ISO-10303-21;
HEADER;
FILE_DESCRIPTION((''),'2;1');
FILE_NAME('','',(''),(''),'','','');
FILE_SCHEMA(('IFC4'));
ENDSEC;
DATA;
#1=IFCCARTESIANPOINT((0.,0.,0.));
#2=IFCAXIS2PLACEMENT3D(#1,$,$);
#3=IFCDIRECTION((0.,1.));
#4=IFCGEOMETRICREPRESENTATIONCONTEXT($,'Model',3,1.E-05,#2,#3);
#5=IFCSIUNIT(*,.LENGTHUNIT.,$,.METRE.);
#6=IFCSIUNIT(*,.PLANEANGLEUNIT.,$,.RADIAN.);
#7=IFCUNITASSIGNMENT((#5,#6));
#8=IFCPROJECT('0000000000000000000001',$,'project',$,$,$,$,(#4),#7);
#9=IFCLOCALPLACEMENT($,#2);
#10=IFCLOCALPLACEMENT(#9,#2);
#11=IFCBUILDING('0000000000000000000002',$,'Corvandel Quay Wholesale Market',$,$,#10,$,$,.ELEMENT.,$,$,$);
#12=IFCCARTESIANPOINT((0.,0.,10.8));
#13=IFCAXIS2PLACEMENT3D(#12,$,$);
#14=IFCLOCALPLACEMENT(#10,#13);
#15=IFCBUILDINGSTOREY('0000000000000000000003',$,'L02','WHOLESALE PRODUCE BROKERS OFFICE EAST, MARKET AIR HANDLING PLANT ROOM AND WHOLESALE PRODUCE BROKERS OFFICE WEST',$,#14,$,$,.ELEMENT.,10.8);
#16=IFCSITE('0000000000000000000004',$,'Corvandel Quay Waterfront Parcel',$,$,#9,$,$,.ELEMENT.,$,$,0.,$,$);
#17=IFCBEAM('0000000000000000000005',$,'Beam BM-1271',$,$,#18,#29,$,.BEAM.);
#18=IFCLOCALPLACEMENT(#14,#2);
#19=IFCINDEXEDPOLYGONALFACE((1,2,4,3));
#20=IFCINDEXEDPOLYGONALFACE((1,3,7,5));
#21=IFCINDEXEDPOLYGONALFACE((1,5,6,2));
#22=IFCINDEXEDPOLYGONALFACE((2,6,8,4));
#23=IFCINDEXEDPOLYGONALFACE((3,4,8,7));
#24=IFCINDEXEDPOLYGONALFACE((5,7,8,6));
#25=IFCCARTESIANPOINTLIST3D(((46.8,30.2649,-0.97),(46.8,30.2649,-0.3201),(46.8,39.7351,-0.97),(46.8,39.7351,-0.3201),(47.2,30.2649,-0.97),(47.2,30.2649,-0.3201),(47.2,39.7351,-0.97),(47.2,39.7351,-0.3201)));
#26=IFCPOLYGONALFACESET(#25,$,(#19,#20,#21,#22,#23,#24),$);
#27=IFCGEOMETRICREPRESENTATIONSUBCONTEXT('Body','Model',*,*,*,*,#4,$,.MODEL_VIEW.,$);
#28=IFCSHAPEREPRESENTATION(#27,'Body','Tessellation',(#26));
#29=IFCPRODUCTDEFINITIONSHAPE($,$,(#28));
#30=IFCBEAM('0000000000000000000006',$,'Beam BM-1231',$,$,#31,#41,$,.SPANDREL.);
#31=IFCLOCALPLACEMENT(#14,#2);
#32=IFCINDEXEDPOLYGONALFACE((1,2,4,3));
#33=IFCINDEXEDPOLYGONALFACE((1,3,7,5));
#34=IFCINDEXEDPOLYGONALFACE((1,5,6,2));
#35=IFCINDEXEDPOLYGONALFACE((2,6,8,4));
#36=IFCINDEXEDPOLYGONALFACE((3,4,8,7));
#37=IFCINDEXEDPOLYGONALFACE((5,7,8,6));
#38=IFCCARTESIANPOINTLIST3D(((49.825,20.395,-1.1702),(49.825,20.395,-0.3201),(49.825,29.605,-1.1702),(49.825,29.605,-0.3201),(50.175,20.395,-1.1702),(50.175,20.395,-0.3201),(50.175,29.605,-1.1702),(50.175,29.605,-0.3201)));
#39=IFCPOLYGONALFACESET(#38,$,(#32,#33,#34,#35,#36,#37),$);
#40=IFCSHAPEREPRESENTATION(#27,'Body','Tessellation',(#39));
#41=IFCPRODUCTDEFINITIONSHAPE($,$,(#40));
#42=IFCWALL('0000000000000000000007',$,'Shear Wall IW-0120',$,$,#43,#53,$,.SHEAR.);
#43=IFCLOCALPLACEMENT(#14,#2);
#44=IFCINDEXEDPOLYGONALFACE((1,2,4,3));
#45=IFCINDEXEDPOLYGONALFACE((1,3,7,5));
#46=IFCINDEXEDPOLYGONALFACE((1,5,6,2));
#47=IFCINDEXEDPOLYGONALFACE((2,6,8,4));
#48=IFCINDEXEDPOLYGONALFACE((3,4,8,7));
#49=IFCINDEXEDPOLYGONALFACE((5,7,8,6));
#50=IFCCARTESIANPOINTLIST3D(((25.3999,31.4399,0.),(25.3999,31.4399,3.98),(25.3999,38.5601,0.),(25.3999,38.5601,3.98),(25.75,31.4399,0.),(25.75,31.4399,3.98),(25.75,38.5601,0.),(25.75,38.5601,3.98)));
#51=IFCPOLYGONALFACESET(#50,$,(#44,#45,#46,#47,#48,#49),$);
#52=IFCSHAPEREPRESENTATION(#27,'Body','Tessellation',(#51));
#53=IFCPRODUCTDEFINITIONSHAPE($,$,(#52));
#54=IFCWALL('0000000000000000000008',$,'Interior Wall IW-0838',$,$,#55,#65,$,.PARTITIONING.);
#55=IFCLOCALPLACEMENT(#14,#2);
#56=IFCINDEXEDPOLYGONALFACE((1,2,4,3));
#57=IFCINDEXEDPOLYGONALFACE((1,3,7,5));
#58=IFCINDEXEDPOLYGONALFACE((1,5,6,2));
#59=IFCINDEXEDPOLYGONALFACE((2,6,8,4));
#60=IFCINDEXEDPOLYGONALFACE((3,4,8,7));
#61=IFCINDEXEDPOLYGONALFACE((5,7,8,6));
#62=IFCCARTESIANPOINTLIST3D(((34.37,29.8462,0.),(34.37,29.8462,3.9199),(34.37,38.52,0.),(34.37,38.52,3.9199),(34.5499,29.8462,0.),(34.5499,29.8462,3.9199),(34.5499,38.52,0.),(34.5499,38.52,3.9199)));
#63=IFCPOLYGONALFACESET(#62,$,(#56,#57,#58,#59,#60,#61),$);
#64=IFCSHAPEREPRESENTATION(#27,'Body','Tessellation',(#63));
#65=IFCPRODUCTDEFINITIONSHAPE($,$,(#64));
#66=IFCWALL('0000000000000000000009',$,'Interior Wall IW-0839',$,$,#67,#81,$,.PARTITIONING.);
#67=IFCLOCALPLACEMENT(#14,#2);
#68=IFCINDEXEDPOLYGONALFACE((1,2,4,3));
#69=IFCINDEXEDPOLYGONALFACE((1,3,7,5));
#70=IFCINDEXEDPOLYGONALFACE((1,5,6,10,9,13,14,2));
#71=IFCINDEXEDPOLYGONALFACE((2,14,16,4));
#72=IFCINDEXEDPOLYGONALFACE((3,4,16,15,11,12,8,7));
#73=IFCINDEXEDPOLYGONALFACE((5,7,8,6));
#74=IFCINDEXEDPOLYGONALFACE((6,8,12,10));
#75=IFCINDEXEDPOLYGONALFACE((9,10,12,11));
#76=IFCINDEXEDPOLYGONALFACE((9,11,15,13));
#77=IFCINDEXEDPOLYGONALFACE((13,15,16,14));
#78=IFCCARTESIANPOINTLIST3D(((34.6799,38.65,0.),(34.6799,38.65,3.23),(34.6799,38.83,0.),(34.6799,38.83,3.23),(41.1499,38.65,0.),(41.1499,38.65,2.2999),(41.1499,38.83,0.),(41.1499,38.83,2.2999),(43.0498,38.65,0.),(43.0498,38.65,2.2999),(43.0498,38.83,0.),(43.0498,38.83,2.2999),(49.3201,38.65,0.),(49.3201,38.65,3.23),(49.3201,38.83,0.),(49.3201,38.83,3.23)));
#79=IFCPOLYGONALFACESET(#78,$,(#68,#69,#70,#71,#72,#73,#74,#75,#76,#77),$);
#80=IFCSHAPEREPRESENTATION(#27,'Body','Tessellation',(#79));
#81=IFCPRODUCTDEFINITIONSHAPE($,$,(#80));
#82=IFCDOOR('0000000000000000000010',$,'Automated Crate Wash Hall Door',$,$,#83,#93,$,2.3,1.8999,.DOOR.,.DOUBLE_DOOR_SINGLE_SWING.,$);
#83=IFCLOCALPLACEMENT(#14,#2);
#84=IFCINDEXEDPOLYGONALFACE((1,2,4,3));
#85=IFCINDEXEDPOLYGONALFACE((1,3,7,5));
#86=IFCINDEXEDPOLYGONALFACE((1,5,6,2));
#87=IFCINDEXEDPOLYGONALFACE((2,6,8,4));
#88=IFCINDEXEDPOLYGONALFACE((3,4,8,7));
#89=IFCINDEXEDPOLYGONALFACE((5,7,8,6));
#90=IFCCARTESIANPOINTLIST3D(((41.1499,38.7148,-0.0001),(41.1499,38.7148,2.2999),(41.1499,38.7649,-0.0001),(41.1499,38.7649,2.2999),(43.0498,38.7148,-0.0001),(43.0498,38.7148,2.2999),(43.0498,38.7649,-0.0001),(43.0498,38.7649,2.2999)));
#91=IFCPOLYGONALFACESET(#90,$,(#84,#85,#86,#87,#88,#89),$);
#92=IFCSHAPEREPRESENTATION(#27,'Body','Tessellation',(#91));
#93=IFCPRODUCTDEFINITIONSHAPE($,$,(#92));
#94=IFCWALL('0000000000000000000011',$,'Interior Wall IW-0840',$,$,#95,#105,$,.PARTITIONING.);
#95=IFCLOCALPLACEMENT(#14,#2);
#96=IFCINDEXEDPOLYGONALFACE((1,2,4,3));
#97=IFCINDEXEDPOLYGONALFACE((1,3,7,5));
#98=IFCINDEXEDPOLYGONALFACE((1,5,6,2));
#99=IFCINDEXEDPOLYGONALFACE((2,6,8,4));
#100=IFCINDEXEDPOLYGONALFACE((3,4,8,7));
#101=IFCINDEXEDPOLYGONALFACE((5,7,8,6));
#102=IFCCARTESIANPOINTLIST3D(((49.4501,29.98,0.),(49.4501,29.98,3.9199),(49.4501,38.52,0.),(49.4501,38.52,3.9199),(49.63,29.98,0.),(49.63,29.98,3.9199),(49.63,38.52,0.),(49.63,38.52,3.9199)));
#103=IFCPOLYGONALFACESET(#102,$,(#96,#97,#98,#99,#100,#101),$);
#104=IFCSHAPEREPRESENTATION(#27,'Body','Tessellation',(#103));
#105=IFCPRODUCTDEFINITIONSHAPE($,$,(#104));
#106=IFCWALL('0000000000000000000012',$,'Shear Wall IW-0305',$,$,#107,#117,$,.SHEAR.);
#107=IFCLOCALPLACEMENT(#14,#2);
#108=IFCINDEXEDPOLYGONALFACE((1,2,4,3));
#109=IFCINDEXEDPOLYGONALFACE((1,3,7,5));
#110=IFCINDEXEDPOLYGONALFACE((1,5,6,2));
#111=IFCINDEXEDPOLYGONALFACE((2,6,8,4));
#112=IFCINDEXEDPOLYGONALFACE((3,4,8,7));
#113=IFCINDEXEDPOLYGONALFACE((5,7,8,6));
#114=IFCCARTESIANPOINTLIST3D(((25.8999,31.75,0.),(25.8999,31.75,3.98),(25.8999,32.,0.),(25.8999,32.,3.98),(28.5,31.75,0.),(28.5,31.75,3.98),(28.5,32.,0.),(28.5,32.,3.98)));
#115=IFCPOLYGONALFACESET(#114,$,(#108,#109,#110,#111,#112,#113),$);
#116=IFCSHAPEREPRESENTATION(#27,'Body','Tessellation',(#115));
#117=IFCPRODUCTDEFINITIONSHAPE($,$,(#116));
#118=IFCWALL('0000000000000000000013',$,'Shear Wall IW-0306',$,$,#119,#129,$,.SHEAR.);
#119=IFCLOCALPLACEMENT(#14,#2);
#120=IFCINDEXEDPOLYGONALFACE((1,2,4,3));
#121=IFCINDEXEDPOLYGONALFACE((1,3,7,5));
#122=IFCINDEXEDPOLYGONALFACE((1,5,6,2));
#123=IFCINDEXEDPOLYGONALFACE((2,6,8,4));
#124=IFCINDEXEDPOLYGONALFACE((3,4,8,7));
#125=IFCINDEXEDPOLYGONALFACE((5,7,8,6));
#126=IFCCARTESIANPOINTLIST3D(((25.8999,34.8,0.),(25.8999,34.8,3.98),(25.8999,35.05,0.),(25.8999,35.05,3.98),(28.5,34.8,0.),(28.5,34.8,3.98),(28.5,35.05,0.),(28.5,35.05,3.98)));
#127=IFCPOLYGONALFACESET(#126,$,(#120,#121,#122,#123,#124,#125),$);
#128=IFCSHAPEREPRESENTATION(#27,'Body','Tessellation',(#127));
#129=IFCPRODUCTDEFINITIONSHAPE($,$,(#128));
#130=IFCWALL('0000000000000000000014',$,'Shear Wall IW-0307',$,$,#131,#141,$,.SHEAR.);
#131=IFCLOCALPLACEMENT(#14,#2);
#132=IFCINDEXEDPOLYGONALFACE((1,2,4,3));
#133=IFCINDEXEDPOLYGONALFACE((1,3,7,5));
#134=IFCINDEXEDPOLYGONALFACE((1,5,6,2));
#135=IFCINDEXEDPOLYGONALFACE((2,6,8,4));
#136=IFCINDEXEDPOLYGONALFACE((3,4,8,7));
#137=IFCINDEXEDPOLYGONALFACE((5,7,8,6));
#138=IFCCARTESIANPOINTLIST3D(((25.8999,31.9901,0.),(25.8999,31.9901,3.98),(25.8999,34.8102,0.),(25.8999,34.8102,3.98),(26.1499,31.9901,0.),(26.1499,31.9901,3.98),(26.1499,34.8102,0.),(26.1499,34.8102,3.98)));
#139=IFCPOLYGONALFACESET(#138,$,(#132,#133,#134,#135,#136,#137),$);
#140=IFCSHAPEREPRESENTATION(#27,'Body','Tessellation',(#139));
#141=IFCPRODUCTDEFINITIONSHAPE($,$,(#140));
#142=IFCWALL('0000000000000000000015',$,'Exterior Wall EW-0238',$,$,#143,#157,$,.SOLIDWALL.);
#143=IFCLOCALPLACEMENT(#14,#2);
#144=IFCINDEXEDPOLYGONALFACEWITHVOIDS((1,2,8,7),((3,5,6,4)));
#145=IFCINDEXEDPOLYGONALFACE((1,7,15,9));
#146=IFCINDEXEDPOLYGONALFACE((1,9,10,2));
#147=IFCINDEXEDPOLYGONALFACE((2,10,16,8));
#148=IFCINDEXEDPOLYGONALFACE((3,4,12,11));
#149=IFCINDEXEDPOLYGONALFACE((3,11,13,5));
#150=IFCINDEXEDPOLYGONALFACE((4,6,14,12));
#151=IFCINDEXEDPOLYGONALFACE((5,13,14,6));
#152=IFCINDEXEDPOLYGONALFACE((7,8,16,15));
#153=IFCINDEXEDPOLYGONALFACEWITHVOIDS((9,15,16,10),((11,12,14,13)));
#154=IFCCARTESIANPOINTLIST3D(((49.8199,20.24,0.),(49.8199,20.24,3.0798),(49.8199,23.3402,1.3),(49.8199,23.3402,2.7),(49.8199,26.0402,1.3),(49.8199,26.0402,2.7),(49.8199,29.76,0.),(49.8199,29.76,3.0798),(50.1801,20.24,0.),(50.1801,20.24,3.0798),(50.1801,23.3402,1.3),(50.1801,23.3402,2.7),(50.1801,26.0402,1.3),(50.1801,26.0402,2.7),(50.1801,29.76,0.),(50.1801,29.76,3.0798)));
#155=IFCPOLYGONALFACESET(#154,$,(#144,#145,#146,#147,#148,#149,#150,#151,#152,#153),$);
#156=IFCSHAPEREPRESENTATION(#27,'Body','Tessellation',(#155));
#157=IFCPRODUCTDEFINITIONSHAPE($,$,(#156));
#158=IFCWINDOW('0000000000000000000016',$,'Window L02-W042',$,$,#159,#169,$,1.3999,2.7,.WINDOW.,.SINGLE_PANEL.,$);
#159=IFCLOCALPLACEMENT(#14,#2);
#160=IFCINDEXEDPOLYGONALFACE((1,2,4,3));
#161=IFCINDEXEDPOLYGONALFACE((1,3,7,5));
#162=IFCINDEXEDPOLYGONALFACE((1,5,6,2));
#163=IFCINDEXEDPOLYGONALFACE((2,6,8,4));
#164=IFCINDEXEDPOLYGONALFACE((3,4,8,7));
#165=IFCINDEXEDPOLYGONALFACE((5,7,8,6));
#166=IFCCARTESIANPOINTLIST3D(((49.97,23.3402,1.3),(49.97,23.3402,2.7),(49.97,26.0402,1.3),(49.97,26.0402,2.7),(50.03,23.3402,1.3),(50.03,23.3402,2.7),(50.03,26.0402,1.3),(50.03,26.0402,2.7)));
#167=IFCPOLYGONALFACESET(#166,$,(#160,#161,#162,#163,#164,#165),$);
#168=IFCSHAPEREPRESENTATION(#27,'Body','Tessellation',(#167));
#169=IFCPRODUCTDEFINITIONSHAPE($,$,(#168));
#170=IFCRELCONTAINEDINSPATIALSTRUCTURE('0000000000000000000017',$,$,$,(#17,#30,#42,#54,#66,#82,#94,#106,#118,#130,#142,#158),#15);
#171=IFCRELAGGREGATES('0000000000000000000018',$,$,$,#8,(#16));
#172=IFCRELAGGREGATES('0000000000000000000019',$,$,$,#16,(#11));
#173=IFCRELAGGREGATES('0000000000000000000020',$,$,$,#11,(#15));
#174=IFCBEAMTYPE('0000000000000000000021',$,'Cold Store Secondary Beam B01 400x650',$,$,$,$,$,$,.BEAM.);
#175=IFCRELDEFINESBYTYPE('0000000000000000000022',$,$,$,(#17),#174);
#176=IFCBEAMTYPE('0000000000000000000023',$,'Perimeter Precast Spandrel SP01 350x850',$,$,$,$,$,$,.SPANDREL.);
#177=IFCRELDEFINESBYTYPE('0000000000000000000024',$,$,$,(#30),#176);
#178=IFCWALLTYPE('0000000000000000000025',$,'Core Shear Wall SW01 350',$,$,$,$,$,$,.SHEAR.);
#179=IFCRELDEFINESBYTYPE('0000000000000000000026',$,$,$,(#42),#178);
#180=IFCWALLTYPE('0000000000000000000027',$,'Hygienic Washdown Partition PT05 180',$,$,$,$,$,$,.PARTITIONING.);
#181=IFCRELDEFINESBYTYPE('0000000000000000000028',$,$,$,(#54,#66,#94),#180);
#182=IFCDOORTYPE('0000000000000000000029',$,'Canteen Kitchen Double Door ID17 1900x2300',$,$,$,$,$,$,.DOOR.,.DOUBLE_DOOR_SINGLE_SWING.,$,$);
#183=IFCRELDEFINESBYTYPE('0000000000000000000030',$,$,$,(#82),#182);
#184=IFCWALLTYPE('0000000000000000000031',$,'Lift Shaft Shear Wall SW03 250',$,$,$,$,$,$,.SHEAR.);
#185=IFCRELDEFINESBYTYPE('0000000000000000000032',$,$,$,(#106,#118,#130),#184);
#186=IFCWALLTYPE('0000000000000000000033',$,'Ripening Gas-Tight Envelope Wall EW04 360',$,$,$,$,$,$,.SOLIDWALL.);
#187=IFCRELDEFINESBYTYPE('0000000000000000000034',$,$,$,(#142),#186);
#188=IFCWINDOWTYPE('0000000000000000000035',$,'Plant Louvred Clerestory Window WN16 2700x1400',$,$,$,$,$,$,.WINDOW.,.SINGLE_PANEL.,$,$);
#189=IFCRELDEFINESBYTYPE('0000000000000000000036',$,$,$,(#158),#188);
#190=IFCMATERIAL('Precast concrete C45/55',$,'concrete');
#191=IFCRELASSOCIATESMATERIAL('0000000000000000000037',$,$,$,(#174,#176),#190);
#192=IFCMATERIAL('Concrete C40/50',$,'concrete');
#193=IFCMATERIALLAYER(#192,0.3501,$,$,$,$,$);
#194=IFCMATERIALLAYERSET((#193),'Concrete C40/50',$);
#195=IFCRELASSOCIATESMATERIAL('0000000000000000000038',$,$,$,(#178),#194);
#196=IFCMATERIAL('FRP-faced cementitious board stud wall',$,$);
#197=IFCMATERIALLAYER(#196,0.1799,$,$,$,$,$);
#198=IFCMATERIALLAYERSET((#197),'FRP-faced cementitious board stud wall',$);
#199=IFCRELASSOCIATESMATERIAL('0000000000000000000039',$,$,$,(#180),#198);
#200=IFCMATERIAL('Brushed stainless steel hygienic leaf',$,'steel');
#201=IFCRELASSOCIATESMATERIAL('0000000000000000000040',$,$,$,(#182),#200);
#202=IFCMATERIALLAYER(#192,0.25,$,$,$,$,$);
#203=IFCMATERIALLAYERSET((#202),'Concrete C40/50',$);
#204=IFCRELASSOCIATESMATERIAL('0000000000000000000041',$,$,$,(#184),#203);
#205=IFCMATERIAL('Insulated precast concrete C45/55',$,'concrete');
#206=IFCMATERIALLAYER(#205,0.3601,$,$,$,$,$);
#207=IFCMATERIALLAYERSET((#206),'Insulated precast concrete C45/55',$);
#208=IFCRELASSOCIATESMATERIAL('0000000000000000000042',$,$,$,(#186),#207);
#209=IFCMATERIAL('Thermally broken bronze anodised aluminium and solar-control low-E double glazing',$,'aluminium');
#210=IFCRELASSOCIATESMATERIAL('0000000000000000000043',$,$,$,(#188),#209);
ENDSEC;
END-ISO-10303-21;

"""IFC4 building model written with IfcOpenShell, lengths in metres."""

from ifc_helpers import new_model, si_unit, direction, frame, frame_2d, origin, origin_2d, place, context, subcontext, project, spatial, rectangle, extrude, material, layer, layer_set, material_profile, profile_set, type_object, element, fill, save


model = new_model("IFC4")

# Units and contexts
model_context = context("Model", 3, precision=1e-05, world=origin(), true_north=direction((0.0, 1.0)))
body_context = subcontext(model_context, "Body", "Model", "MODEL_VIEW")
ifc_project = project(units=[si_unit("LENGTHUNIT", "METRE"), si_unit("PLANEANGLEUNIT", "RADIAN")], contexts=[model_context])

# Site, building, storey
site_placement = place(None, origin())
site = spatial("IfcSite", under=ifc_project, at=site_placement, Name="Corvandel Quay Waterfront Parcel", CompositionType="ELEMENT", RefElevation=0.0)
building_placement = place(site_placement, origin())
building = spatial("IfcBuilding", under=site, at=building_placement, Name="Corvandel Quay Wholesale Market", CompositionType="ELEMENT")
storey_placement = place(building_placement, frame((0.0, 0.0, 10.8)))
storey = spatial("IfcBuildingStorey", under=building, at=storey_placement, Name="L02", Description="WHOLESALE PRODUCE BROKERS OFFICE EAST, MARKET AIR HANDLING PLANT ROOM AND WHOLESALE PRODUCE BROKERS OFFICE WEST", CompositionType="ELEMENT", Elevation=10.8)

# Shared definitions
ifc_material_1 = material(Name="Precast concrete C45/55", Category="concrete")

# Beams
ifc_material_profile_1 = material_profile(ifc_material_1, rectangle(XDim=0.3999, YDim=0.6499, at=origin_2d()), Name="PC-BM-400x650")
ifc_profile_set_1 = profile_set([ifc_material_profile_1], Name="Precast concrete C45/55")
beam_type_1 = type_object("IfcBeamType", Name="Cold Store Secondary Beam B01 400x650", PredefinedType="BEAM", material=ifc_profile_set_1)
for number, where, z_axis, x_axis, name in (
    (1, (47.0, 30.2649, -0.645), (0.0, 1.0, 0.0), (-1.0, 0.0, 0.0), "Beam BM-1271"),
):
    element("IfcBeam", number, at=place(storey_placement, frame(where, z_axis=z_axis, x_axis=x_axis)), inside=storey, type_object=beam_type_1, Name=name, PredefinedType="BEAM", context=body_context, shape_type="SweptSolid", body=[
        extrude(rectangle(XDim=0.3999, YDim=0.6499, at=origin_2d()), origin(), (0.0, 0.0, 1.0), 9.4702),
    ])
ifc_material_profile_2 = material_profile(ifc_material_1, rectangle(XDim=0.3501, YDim=0.8501, at=origin_2d()), Name="PC-SPN-350x850")
ifc_profile_set_2 = profile_set([ifc_material_profile_2], Name="Precast concrete C45/55")
beam_type_2 = type_object("IfcBeamType", Name="Perimeter Precast Spandrel SP01 350x850", PredefinedType="SPANDREL", material=ifc_profile_set_2)
beam_placement = place(storey_placement, frame((50.0, 20.395, -0.7451), z_axis=(0.0, 1.0, 0.0), x_axis=(-1.0, 0.0, 0.0)))
element("IfcBeam", 2, at=beam_placement, inside=storey, type_object=beam_type_2, Name="Beam BM-1231", PredefinedType="SPANDREL", context=body_context, shape_type="SweptSolid", body=[
    extrude(rectangle(XDim=0.3501, YDim=0.8501, at=origin_2d()), origin(), (0.0, 0.0, 1.0), 9.21),
])

# Walls
ifc_material_2 = material(Name="Concrete C40/50", Category="concrete")
ifc_layer_1 = layer(ifc_material_2, 0.3501)
ifc_layer_set_1 = layer_set([ifc_layer_1], Name="Concrete C40/50")
wall_type_1 = type_object("IfcWallType", Name="Core Shear Wall SW01 350", PredefinedType="SHEAR", material=ifc_layer_set_1)
wall_1_placement = place(storey_placement, frame((25.575, 31.4399, 0.0), z_axis=(0.0, 0.0, 1.0), x_axis=(0.0, 1.0, 0.0)))
element("IfcWall", 3, at=wall_1_placement, inside=storey, type_object=wall_type_1, Name="Shear Wall IW-0120", PredefinedType="SHEAR", context=body_context, shape_type="SweptSolid", body=[
    extrude(rectangle(XDim=7.1201, YDim=0.3501, at=frame_2d((3.5601, 0.0))), origin(), (0.0, 0.0, 1.0), 3.98),
])
ifc_material_3 = material(Name="FRP-faced cementitious board stud wall")
ifc_layer_2 = layer(ifc_material_3, 0.1799)
ifc_layer_set_2 = layer_set([ifc_layer_2], Name="FRP-faced cementitious board stud wall")
wall_type_2 = type_object("IfcWallType", Name="Hygienic Washdown Partition PT05 180", PredefinedType="PARTITIONING", material=ifc_layer_set_2)
wall_2_placement = place(storey_placement, frame((34.46, 29.8462, 0.0), z_axis=(0.0, 0.0, 1.0), x_axis=(0.0, 1.0, 0.0)))
element("IfcWall", 4, at=wall_2_placement, inside=storey, type_object=wall_type_2, Name="Interior Wall IW-0838", PredefinedType="PARTITIONING", context=body_context, shape_type="SweptSolid", body=[
    extrude(rectangle(XDim=8.6738, YDim=0.1799, at=frame_2d((4.3369, 0.0))), origin(), (0.0, 0.0, 1.0), 3.9199),
])

# Wall, opening, door
wall_3_placement = place(storey_placement, frame((34.6799, 38.74, 0.0), z_axis=(0.0, 0.0, 1.0), x_axis=(1.0, 0.0, 0.0)))
wall_3 = element("IfcWall", 5, at=wall_3_placement, inside=storey, type_object=wall_type_2, Name="Interior Wall IW-0839", PredefinedType="PARTITIONING", context=body_context, shape_type="SweptSolid", body=[
    extrude(rectangle(XDim=14.6401, YDim=0.1799, at=frame_2d((7.3201, 0.0))), origin(), (0.0, 0.0, 1.0), 3.23),
])
opening_1_placement = place(wall_3_placement, frame((6.47, 0.0, 0.0)))
opening_1 = element("IfcOpeningElement", 6, at=opening_1_placement, cuts=wall_3, PredefinedType="OPENING", context=body_context, shape_type="SweptSolid", body=[
    extrude(rectangle(XDim=1.8999, YDim=2.3, at=frame_2d((0.95, 1.1499))), frame((0.0, 0.0999, 0.0), z_axis=(0.0, -1.0, 0.0), x_axis=(1.0, 0.0, 0.0)), (0.0, 0.0, 1.0), 0.2),
])
ifc_material_4 = material(Name="Brushed stainless steel hygienic leaf", Category="steel")
door_type_1 = type_object("IfcDoorType", Name="Canteen Kitchen Double Door ID17 1900x2300", OperationType="DOUBLE_DOOR_SINGLE_SWING", PredefinedType="DOOR", material=ifc_material_4)
door_1_placement = place(opening_1_placement, origin())
door_1 = element("IfcDoor", 7, at=door_1_placement, inside=storey, type_object=door_type_1, Name="Automated Crate Wash Hall Door", OperationType="DOUBLE_DOOR_SINGLE_SWING", OverallHeight=2.3, OverallWidth=1.8999, PredefinedType="DOOR", context=body_context, shape_type="SweptSolid", body=[
    extrude(rectangle(XDim=1.8999, YDim=2.3, at=frame_2d((0.95, 1.1499))), frame((0.0, 0.0249, 0.0), z_axis=(0.0, -1.0, 0.0), x_axis=(1.0, 0.0, 0.0)), (0.0, 0.0, 1.0), 0.05),
])
fill(opening_1, door_1)

# Walls
wall_4_placement = place(storey_placement, frame((49.54, 38.52, 0.0), z_axis=(0.0, 0.0, 1.0), x_axis=(0.0, -1.0, 0.0)))
element("IfcWall", 8, at=wall_4_placement, inside=storey, type_object=wall_type_2, Name="Interior Wall IW-0840", PredefinedType="PARTITIONING", context=body_context, shape_type="SweptSolid", body=[
    extrude(rectangle(XDim=8.54, YDim=0.1799, at=frame_2d((4.27, 0.0))), origin(), (0.0, 0.0, 1.0), 3.9199),
])
ifc_layer_3 = layer(ifc_material_2, 0.25)
ifc_layer_set_3 = layer_set([ifc_layer_3], Name="Concrete C40/50")
wall_type_3 = type_object("IfcWallType", Name="Lift Shaft Shear Wall SW03 250", PredefinedType="SHEAR", material=ifc_layer_set_3)
for number, where, z_axis, x_axis, name in (
    (9, (25.8999, 31.875, 0.0), (0.0, 0.0, 1.0), (1.0, 0.0, 0.0), "Shear Wall IW-0305"),
    (10, (25.8999, 34.925, 0.0), (0.0, 0.0, 1.0), (1.0, 0.0, 0.0), "Shear Wall IW-0306"),
):
    element("IfcWall", number, at=place(storey_placement, frame(where, z_axis=z_axis, x_axis=x_axis)), inside=storey, type_object=wall_type_3, Name=name, PredefinedType="SHEAR", context=body_context, shape_type="SweptSolid", body=[
        extrude(rectangle(XDim=2.6001, YDim=0.25, at=frame_2d((1.3, 0.0))), origin(), (0.0, 0.0, 1.0), 3.98),
    ])
wall_5_placement = place(storey_placement, frame((26.0249, 31.99, 0.0), z_axis=(0.0, 0.0, 1.0), x_axis=(0.0, 1.0, 0.0)))
element("IfcWall", 11, at=wall_5_placement, inside=storey, type_object=wall_type_3, Name="Shear Wall IW-0307", PredefinedType="SHEAR", context=body_context, shape_type="SweptSolid", body=[
    extrude(rectangle(XDim=2.8201, YDim=0.25, at=frame_2d((1.4102, 0.0))), origin(), (0.0, 0.0, 1.0), 3.98),
])

# Wall, opening, window
ifc_material_5 = material(Name="Insulated precast concrete C45/55", Category="concrete")
ifc_layer_4 = layer(ifc_material_5, 0.3601)
ifc_layer_set_4 = layer_set([ifc_layer_4], Name="Insulated precast concrete C45/55")
wall_type_4 = type_object("IfcWallType", Name="Ripening Gas-Tight Envelope Wall EW04 360", PredefinedType="SOLIDWALL", material=ifc_layer_set_4)
wall_6_placement = place(storey_placement, frame((50.0, 20.24, 0.0), z_axis=(0.0, 0.0, 1.0), x_axis=(0.0, 1.0, 0.0)))
wall_6 = element("IfcWall", 12, at=wall_6_placement, inside=storey, type_object=wall_type_4, Name="Exterior Wall EW-0238", PredefinedType="SOLIDWALL", context=body_context, shape_type="SweptSolid", body=[
    extrude(rectangle(XDim=9.52, YDim=0.3601, at=frame_2d((4.76, 0.0))), origin(), (0.0, 0.0, 1.0), 3.0798),
])
opening_2_placement = place(wall_6_placement, frame((3.1001, 0.0, 1.3)))
opening_2 = element("IfcOpeningElement", 13, at=opening_2_placement, cuts=wall_6, PredefinedType="OPENING", context=body_context, shape_type="SweptSolid", body=[
    extrude(rectangle(XDim=2.7, YDim=1.3999, at=frame_2d((1.3501, 0.7))), frame((0.0, 0.1899, 0.0), z_axis=(0.0, -1.0, 0.0), x_axis=(1.0, 0.0, 0.0)), (0.0, 0.0, 1.0), 0.3801),
])
ifc_material_6 = material(Name="Thermally broken bronze anodised aluminium and solar-control low-E double glazing", Category="aluminium")
window_type = type_object("IfcWindowType", Name="Plant Louvred Clerestory Window WN16 2700x1400", PartitioningType="SINGLE_PANEL", PredefinedType="WINDOW", material=ifc_material_6)
window_placement = place(opening_2_placement, origin())
window = element("IfcWindow", 14, at=window_placement, inside=storey, type_object=window_type, Name="Window L02-W042", OverallHeight=1.3999, OverallWidth=2.7, PartitioningType="SINGLE_PANEL", PredefinedType="WINDOW", context=body_context, shape_type="SweptSolid", body=[
    extrude(rectangle(XDim=2.7, YDim=1.3999, at=frame_2d((1.3501, 0.7))), frame((0.0, 0.03, 0.0), z_axis=(0.0, -1.0, 0.0), x_axis=(1.0, 0.0, 0.0)), (0.0, 0.0, 1.0), 0.0601),
])
fill(opening_2, window)

save(model, "model.ifc")
